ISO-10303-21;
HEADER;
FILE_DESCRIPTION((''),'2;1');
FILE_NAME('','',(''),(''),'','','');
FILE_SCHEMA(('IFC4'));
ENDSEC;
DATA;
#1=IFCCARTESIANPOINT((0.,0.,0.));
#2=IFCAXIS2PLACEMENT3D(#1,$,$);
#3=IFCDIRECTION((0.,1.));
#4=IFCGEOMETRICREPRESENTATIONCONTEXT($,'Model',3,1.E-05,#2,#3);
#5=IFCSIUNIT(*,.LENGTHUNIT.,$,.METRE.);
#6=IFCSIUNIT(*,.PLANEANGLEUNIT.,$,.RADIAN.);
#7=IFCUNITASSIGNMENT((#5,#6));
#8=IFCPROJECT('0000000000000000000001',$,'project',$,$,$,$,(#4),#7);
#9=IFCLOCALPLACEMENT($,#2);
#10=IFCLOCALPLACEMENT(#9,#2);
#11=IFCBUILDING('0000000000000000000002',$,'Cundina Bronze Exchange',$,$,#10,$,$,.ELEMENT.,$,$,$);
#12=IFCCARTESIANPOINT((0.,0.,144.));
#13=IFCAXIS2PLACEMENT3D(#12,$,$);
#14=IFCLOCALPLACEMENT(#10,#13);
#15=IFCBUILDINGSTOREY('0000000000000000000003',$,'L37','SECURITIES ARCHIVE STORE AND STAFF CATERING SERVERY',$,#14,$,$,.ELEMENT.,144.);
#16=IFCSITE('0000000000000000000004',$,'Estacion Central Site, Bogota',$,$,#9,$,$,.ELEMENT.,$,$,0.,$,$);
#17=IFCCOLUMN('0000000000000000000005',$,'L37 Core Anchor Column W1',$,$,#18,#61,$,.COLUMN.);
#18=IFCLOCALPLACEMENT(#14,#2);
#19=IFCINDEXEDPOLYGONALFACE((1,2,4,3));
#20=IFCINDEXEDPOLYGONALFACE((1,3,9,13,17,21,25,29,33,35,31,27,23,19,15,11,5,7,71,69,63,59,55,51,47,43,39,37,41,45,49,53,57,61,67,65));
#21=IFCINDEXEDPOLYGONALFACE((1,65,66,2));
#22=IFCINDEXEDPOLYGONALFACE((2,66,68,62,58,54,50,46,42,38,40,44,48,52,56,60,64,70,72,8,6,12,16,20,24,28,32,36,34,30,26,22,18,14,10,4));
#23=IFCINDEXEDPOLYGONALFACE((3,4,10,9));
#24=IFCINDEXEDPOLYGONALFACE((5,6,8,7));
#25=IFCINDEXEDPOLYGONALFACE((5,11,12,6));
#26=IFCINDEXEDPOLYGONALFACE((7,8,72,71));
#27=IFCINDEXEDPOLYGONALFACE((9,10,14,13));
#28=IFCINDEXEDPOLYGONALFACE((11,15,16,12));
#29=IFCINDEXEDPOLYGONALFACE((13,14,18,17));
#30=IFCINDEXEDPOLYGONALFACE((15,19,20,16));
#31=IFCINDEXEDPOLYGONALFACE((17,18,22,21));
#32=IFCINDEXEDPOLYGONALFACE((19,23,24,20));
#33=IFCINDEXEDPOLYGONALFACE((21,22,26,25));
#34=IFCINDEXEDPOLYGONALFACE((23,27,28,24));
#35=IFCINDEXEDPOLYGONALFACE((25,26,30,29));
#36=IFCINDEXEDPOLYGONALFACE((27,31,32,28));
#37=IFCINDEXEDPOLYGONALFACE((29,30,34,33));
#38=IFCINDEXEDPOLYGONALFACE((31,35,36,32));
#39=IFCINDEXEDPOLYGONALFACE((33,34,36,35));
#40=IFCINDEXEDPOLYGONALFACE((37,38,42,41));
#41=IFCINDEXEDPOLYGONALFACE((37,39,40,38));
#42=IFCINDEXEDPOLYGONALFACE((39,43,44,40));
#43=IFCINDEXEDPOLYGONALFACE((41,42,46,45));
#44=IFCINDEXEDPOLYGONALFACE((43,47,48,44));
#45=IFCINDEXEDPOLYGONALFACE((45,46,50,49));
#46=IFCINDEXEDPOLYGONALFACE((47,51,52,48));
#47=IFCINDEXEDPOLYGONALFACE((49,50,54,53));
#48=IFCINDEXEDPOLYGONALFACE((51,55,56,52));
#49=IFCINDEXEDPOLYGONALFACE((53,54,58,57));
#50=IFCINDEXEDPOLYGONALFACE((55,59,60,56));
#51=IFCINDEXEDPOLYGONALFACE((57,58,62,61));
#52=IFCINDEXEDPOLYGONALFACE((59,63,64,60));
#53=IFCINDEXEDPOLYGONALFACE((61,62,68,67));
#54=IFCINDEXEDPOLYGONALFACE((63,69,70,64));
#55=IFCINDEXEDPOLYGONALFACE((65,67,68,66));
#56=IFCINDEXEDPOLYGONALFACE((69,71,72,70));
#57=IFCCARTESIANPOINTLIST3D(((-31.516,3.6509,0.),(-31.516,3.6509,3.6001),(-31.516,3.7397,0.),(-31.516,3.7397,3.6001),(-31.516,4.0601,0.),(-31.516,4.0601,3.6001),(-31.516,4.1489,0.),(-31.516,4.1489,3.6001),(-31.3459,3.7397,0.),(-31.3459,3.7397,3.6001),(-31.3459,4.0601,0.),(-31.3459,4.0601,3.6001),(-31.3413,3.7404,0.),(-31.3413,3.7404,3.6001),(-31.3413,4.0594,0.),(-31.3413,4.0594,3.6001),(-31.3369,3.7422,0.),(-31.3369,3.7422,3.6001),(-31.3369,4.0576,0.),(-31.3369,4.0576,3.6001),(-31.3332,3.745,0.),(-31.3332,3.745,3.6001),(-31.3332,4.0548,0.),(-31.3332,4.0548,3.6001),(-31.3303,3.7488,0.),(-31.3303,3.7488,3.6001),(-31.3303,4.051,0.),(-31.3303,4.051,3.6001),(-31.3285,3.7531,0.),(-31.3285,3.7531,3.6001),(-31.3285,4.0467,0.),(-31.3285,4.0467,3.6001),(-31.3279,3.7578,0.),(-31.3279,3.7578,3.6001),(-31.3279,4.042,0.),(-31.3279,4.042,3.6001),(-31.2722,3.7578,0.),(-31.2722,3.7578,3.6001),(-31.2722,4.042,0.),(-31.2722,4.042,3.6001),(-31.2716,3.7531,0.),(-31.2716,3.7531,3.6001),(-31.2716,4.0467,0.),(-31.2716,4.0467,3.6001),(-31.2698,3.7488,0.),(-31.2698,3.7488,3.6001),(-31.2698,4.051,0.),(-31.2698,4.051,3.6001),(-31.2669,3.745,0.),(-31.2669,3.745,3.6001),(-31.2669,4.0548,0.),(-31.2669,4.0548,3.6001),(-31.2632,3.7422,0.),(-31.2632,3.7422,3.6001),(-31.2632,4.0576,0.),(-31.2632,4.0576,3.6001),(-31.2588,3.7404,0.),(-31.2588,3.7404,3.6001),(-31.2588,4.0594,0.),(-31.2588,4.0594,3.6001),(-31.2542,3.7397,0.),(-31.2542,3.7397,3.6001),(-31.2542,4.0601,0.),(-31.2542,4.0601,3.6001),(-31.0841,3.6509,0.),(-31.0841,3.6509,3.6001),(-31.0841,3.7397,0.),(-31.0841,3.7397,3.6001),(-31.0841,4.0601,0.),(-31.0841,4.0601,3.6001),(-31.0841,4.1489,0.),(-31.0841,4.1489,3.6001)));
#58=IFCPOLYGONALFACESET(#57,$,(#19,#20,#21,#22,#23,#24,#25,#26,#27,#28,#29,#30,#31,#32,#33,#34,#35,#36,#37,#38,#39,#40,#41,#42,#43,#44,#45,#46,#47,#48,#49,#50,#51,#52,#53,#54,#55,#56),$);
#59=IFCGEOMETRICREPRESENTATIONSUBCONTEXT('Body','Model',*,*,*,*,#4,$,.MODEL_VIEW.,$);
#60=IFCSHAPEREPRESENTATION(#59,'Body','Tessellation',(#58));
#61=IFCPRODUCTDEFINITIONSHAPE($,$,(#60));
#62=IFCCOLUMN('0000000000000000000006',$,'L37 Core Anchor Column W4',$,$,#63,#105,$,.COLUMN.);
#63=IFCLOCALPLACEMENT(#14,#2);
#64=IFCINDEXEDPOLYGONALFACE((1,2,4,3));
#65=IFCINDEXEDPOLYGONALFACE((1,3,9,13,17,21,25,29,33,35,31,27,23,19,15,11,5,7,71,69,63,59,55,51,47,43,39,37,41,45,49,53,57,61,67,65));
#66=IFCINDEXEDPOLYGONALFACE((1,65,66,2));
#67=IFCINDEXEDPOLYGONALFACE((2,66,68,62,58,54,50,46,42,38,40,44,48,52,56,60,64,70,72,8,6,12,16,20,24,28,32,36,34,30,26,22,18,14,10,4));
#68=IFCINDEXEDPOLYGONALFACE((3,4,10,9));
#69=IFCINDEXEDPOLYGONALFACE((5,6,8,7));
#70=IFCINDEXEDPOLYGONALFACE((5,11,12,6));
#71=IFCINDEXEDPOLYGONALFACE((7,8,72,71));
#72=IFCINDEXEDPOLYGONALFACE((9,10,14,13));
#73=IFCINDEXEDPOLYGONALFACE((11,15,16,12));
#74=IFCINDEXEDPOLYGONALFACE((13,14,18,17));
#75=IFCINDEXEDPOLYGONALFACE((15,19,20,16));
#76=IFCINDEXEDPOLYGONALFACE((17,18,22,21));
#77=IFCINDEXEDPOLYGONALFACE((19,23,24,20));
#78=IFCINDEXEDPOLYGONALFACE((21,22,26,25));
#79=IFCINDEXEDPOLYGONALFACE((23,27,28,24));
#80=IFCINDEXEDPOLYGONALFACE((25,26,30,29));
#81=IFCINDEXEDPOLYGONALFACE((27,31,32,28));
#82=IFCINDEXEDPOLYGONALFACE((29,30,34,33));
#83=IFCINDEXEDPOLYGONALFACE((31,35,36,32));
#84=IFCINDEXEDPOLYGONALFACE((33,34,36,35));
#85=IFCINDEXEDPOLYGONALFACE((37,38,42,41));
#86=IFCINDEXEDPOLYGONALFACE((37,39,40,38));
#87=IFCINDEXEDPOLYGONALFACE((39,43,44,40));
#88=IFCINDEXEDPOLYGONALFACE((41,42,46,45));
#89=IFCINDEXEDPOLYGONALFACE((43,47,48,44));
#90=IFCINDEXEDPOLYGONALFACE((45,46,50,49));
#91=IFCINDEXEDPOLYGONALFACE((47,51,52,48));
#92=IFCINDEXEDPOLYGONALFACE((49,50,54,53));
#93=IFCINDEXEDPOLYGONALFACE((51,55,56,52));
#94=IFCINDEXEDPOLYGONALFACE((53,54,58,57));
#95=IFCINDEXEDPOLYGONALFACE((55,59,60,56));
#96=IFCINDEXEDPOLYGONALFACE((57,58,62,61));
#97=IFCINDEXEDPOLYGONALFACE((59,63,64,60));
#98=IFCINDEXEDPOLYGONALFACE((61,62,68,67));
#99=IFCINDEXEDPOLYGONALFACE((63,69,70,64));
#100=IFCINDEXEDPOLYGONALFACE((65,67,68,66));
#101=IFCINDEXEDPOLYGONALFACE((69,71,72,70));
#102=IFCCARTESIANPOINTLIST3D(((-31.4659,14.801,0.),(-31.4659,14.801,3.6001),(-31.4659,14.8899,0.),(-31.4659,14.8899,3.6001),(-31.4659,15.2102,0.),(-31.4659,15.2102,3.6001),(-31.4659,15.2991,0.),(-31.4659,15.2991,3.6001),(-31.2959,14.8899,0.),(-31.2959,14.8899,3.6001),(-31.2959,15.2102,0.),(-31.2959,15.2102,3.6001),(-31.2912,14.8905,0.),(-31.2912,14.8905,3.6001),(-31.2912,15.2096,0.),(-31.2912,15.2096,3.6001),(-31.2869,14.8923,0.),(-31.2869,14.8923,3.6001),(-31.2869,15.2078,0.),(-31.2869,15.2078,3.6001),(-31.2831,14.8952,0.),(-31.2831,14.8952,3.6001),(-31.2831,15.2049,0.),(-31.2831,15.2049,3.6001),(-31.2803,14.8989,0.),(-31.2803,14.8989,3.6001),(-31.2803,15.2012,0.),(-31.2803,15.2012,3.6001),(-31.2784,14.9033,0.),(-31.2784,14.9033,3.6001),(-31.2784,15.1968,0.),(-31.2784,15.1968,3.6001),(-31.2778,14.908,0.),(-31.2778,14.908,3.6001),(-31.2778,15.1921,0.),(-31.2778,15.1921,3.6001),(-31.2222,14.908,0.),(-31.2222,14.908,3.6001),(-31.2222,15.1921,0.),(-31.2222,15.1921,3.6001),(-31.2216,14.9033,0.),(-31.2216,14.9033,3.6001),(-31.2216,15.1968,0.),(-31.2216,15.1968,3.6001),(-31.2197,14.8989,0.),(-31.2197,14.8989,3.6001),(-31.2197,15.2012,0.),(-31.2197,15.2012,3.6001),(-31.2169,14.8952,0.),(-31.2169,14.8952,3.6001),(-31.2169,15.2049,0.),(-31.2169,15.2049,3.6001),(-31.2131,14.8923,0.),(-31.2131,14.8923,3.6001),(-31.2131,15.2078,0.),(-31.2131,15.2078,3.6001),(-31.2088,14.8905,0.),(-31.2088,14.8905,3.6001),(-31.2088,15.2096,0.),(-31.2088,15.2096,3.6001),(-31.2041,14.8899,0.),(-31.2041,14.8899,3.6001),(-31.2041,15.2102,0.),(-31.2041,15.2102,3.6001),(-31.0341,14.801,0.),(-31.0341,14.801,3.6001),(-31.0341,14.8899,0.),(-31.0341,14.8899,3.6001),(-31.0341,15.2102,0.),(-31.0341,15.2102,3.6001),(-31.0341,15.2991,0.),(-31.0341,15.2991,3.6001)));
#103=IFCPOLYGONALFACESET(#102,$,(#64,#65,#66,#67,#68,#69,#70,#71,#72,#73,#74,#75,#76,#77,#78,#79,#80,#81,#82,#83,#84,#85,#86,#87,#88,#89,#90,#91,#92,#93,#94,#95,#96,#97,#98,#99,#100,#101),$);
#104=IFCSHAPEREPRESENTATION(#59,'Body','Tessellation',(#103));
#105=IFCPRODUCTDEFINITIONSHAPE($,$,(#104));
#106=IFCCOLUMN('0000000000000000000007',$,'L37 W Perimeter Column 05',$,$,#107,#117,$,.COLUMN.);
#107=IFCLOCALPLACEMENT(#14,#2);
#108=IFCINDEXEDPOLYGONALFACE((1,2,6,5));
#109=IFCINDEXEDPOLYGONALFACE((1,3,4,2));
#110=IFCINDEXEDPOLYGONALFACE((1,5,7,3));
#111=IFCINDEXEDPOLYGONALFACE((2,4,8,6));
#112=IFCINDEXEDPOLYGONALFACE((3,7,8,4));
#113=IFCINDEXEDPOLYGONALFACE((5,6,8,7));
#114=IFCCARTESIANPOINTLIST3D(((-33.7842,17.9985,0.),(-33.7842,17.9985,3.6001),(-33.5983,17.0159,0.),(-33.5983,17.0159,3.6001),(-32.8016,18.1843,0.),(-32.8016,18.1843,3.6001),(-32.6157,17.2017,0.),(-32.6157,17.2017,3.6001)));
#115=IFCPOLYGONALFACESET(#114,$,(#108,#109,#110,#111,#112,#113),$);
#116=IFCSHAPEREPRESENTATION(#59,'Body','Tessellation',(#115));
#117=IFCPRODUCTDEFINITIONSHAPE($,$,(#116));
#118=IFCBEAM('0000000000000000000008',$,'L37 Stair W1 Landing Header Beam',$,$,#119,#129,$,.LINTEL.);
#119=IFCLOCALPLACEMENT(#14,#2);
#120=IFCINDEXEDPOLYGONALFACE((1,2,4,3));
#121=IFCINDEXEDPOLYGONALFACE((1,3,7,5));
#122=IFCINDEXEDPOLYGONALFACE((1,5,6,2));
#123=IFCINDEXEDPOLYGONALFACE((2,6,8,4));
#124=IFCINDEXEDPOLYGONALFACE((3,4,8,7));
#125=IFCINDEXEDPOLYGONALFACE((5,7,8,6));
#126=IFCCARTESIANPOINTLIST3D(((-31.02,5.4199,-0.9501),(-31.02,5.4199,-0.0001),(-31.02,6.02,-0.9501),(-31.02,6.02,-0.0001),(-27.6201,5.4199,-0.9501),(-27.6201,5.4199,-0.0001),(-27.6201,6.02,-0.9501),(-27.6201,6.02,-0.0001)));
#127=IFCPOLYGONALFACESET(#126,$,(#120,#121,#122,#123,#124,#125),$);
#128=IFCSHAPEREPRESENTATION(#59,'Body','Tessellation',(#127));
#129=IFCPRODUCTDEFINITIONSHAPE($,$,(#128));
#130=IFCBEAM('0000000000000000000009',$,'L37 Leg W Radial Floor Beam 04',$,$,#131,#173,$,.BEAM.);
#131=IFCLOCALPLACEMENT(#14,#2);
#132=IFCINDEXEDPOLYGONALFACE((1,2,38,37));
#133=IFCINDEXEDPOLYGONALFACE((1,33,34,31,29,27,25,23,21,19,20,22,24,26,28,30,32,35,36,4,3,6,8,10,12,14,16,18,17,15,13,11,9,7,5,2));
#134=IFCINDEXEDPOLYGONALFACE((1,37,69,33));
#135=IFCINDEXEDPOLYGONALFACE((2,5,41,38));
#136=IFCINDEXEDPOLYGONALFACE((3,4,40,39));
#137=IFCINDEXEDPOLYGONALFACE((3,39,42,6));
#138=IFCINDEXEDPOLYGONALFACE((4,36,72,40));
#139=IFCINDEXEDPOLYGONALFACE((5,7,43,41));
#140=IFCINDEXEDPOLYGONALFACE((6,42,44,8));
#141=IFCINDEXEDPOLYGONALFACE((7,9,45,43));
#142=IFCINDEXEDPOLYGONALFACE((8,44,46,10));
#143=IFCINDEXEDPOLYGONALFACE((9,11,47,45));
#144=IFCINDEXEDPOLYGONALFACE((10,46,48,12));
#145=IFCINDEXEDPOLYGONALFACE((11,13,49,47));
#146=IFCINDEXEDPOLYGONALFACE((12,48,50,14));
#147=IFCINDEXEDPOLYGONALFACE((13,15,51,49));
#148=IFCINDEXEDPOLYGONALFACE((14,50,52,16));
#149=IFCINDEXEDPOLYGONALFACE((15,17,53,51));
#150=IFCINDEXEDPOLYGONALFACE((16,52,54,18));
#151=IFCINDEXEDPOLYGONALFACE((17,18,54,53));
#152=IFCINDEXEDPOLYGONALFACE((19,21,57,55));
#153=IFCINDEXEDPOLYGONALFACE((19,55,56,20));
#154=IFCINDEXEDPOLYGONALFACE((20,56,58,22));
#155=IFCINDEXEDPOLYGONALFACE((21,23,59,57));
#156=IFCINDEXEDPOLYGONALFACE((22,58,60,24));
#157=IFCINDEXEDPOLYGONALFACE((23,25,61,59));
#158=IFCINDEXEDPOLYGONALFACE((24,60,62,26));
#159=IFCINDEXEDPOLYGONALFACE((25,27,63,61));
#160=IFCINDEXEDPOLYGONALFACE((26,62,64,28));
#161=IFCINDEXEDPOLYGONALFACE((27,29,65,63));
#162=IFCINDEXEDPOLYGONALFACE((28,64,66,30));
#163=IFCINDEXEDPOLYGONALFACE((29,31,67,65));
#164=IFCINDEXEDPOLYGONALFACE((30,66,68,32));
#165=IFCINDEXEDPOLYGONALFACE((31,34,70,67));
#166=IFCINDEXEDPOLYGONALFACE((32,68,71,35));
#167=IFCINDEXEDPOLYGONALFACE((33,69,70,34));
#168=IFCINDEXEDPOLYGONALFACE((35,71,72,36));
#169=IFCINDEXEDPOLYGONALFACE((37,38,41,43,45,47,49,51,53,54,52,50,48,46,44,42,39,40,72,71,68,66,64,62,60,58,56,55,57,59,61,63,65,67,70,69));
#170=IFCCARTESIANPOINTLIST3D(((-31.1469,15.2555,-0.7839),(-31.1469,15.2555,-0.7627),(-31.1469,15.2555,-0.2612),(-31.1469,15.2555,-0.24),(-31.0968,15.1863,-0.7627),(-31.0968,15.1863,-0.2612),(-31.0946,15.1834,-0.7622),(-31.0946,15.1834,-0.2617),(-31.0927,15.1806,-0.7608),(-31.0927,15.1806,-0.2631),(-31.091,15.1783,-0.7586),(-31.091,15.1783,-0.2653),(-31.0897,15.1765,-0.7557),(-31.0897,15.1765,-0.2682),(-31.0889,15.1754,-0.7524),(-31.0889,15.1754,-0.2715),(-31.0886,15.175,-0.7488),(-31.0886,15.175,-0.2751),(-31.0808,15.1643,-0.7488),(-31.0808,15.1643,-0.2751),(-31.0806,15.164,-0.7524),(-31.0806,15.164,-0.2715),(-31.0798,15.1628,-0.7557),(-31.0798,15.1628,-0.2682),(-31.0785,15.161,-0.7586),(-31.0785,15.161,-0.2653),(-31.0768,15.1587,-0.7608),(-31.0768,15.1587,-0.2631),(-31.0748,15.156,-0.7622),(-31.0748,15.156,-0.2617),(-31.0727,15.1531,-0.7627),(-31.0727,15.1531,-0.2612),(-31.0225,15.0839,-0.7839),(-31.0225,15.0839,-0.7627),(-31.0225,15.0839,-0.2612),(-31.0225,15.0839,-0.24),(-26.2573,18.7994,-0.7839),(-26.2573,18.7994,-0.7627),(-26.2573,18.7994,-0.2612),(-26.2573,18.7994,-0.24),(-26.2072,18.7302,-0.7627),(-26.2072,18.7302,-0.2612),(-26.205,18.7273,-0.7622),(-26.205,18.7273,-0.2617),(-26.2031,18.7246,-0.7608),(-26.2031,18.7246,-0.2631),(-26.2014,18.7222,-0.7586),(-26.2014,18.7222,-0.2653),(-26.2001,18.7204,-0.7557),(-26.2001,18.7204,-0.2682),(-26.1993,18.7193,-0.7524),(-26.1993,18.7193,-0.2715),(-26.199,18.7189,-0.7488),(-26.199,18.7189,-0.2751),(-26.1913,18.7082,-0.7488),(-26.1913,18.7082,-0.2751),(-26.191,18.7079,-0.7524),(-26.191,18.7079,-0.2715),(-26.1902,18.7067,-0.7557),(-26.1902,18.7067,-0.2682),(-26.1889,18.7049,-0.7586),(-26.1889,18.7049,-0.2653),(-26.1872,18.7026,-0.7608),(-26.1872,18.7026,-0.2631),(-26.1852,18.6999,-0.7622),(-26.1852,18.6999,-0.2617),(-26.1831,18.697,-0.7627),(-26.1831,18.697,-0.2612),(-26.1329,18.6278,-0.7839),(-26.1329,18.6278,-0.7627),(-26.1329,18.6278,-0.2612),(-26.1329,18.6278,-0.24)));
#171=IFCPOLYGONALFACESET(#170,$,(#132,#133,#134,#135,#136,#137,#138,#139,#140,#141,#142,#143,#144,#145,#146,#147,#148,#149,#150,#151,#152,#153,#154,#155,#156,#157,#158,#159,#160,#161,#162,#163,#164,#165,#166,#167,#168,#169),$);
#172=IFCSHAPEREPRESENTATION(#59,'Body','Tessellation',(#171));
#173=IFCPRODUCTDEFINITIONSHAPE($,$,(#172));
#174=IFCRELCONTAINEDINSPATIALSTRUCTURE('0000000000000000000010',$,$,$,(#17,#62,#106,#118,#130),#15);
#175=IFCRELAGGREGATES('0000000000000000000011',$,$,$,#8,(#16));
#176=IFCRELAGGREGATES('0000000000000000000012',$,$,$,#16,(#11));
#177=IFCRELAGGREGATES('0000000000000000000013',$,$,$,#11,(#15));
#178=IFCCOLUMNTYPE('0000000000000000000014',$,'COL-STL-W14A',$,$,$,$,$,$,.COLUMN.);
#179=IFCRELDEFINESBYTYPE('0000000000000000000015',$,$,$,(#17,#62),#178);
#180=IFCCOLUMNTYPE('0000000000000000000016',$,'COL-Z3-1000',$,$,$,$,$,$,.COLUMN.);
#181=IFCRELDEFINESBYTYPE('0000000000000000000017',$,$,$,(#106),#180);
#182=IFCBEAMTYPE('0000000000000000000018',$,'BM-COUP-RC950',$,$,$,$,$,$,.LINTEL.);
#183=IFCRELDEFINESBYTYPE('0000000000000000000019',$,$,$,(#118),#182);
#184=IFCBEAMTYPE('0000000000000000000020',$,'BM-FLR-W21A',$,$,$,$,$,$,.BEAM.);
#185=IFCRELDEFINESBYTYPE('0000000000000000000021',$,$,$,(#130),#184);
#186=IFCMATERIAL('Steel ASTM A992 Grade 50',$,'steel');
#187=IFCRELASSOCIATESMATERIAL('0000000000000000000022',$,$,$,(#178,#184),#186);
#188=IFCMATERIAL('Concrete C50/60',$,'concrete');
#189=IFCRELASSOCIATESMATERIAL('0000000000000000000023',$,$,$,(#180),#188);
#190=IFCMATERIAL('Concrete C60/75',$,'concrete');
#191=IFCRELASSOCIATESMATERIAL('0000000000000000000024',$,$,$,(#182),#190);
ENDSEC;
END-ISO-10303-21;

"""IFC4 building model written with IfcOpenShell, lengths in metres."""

from ifc_helpers import new_model, si_unit, direction, frame, origin, origin_2d, place, context, subcontext, project, spatial, rectangle, i_section, extrude, material, material_profile, profile_set, type_object, element, save


model = new_model("IFC4")

# Units and contexts
model_context = context("Model", 3, precision=1e-05, world=origin(), true_north=direction((0.0, 1.0)))
body_context = subcontext(model_context, "Body", "Model", "MODEL_VIEW")
ifc_project = project(units=[si_unit("LENGTHUNIT", "METRE"), si_unit("PLANEANGLEUNIT", "RADIAN")], contexts=[model_context])

# Site, building, storey
site_placement = place(None, origin())
site = spatial("IfcSite", under=ifc_project, at=site_placement, Name="Estacion Central Site, Bogota", CompositionType="ELEMENT", RefElevation=0.0)
building_placement = place(site_placement, origin())
building = spatial("IfcBuilding", under=site, at=building_placement, Name="Cundina Bronze Exchange", CompositionType="ELEMENT")
storey_placement = place(building_placement, frame((0.0, 0.0, 144.0)))
storey = spatial("IfcBuildingStorey", under=building, at=storey_placement, Name="L37", Description="SECURITIES ARCHIVE STORE AND STAFF CATERING SERVERY", CompositionType="ELEMENT", Elevation=144.0)

# Columns
ifc_material_1 = material(Name="Steel ASTM A992 Grade 50", Category="steel")
ifc_material_profile_1 = material_profile(ifc_material_1, i_section(OverallWidth=0.4319, OverallDepth=0.498, WebThickness=0.0557, FlangeThickness=0.0889, FilletRadius=0.0181, at=origin_2d()), Name="W14X500", Category="steel")
ifc_profile_set_1 = profile_set([ifc_material_profile_1], Name="Steel ASTM A992 Grade 50")
column_type_1 = type_object("IfcColumnType", Name="COL-STL-W14A", PredefinedType="COLUMN", material=ifc_profile_set_1)
for number, where, z_axis, x_axis, name in (
    (1, (-31.3, 3.8999, 0.0), (0.0, 0.0, 1.0), (1.0, 0.0, 0.0), "L37 Core Anchor Column W1"),
    (2, (-31.25, 15.05, 0.0), (0.0, 0.0, 1.0), (1.0, 0.0, 0.0), "L37 Core Anchor Column W4"),
):
    element("IfcColumn", number, at=place(storey_placement, frame(where, z_axis=z_axis, x_axis=x_axis)), inside=storey, type_object=column_type_1, Name=name, PredefinedType="COLUMN", context=body_context, shape_type="SweptSolid", body=[
        extrude(i_section(OverallWidth=0.4319, OverallDepth=0.498, WebThickness=0.0557, FlangeThickness=0.0889, FilletRadius=0.0181, at=origin_2d()), origin(), (0.0, 0.0, 1.0), 3.6001),
    ])
ifc_material_2 = material(Name="Concrete C50/60", Category="concrete")
ifc_material_profile_2 = material_profile(ifc_material_2, rectangle(XDim=1.0, YDim=1.0, at=origin_2d()), Name="RC1000X1000", Category="concrete")
ifc_profile_set_2 = profile_set([ifc_material_profile_2], Name="Concrete C50/60")
column_type_2 = type_object("IfcColumnType", Name="COL-Z3-1000", PredefinedType="COLUMN", material=ifc_profile_set_2)
column_placement = place(storey_placement, frame((-33.2, 17.6001, 0.0), z_axis=(0.0, 0.0, 1.0), x_axis=(-0.98258, -0.185838, 0.0)))
element("IfcColumn", 3, at=column_placement, inside=storey, type_object=column_type_2, Name="L37 W Perimeter Column 05", PredefinedType="COLUMN", context=body_context, shape_type="SweptSolid", body=[
    extrude(rectangle(XDim=1.0, YDim=1.0, at=origin_2d()), origin(), (0.0, 0.0, 1.0), 3.6001),
])

# Beams
ifc_material_3 = material(Name="Concrete C60/75", Category="concrete")
ifc_material_profile_3 = material_profile(ifc_material_3, rectangle(XDim=0.6001, YDim=0.95, at=origin_2d()), Name="RC600X950", Category="concrete")
ifc_profile_set_3 = profile_set([ifc_material_profile_3], Name="Concrete C60/75")
beam_type_1 = type_object("IfcBeamType", Name="BM-COUP-RC950", PredefinedType="LINTEL", material=ifc_profile_set_3)
beam_1_placement = place(storey_placement, frame((-31.02, 5.72, -0.4751), z_axis=(1.0, 0.0, 0.0), x_axis=(0.0, 1.0, 0.0)))
element("IfcBeam", 4, at=beam_1_placement, inside=storey, type_object=beam_type_1, Name="L37 Stair W1 Landing Header Beam", PredefinedType="LINTEL", context=body_context, shape_type="SweptSolid", body=[
    extrude(rectangle(XDim=0.6001, YDim=0.95, at=origin_2d()), origin(), (0.0, 0.0, 1.0), 3.3999),
])
ifc_material_profile_4 = material_profile(ifc_material_1, i_section(OverallWidth=0.2119, OverallDepth=0.5439, WebThickness=0.0132, FlangeThickness=0.0212, FilletRadius=0.0139, at=origin_2d()), Name="W21X83", Category="steel")
ifc_profile_set_4 = profile_set([ifc_material_profile_4], Name="Steel ASTM A992 Grade 50")
beam_type_2 = type_object("IfcBeamType", Name="BM-FLR-W21A", PredefinedType="BEAM", material=ifc_profile_set_4)
beam_2_placement = place(storey_placement, frame((-31.0847, 15.1697, -0.512), z_axis=(0.809693, 0.586854, 0.0), x_axis=(-0.586854, 0.809693, 0.0)))
element("IfcBeam", 5, at=beam_2_placement, inside=storey, type_object=beam_type_2, Name="L37 Leg W Radial Floor Beam 04", PredefinedType="BEAM", context=body_context, shape_type="SweptSolid", body=[
    extrude(i_section(OverallWidth=0.2119, OverallDepth=0.5439, WebThickness=0.0132, FlangeThickness=0.0212, FilletRadius=0.0139, at=origin_2d()), origin(), (0.0, 0.0, 1.0), 6.0388),
])

save(model, "model.ifc")
